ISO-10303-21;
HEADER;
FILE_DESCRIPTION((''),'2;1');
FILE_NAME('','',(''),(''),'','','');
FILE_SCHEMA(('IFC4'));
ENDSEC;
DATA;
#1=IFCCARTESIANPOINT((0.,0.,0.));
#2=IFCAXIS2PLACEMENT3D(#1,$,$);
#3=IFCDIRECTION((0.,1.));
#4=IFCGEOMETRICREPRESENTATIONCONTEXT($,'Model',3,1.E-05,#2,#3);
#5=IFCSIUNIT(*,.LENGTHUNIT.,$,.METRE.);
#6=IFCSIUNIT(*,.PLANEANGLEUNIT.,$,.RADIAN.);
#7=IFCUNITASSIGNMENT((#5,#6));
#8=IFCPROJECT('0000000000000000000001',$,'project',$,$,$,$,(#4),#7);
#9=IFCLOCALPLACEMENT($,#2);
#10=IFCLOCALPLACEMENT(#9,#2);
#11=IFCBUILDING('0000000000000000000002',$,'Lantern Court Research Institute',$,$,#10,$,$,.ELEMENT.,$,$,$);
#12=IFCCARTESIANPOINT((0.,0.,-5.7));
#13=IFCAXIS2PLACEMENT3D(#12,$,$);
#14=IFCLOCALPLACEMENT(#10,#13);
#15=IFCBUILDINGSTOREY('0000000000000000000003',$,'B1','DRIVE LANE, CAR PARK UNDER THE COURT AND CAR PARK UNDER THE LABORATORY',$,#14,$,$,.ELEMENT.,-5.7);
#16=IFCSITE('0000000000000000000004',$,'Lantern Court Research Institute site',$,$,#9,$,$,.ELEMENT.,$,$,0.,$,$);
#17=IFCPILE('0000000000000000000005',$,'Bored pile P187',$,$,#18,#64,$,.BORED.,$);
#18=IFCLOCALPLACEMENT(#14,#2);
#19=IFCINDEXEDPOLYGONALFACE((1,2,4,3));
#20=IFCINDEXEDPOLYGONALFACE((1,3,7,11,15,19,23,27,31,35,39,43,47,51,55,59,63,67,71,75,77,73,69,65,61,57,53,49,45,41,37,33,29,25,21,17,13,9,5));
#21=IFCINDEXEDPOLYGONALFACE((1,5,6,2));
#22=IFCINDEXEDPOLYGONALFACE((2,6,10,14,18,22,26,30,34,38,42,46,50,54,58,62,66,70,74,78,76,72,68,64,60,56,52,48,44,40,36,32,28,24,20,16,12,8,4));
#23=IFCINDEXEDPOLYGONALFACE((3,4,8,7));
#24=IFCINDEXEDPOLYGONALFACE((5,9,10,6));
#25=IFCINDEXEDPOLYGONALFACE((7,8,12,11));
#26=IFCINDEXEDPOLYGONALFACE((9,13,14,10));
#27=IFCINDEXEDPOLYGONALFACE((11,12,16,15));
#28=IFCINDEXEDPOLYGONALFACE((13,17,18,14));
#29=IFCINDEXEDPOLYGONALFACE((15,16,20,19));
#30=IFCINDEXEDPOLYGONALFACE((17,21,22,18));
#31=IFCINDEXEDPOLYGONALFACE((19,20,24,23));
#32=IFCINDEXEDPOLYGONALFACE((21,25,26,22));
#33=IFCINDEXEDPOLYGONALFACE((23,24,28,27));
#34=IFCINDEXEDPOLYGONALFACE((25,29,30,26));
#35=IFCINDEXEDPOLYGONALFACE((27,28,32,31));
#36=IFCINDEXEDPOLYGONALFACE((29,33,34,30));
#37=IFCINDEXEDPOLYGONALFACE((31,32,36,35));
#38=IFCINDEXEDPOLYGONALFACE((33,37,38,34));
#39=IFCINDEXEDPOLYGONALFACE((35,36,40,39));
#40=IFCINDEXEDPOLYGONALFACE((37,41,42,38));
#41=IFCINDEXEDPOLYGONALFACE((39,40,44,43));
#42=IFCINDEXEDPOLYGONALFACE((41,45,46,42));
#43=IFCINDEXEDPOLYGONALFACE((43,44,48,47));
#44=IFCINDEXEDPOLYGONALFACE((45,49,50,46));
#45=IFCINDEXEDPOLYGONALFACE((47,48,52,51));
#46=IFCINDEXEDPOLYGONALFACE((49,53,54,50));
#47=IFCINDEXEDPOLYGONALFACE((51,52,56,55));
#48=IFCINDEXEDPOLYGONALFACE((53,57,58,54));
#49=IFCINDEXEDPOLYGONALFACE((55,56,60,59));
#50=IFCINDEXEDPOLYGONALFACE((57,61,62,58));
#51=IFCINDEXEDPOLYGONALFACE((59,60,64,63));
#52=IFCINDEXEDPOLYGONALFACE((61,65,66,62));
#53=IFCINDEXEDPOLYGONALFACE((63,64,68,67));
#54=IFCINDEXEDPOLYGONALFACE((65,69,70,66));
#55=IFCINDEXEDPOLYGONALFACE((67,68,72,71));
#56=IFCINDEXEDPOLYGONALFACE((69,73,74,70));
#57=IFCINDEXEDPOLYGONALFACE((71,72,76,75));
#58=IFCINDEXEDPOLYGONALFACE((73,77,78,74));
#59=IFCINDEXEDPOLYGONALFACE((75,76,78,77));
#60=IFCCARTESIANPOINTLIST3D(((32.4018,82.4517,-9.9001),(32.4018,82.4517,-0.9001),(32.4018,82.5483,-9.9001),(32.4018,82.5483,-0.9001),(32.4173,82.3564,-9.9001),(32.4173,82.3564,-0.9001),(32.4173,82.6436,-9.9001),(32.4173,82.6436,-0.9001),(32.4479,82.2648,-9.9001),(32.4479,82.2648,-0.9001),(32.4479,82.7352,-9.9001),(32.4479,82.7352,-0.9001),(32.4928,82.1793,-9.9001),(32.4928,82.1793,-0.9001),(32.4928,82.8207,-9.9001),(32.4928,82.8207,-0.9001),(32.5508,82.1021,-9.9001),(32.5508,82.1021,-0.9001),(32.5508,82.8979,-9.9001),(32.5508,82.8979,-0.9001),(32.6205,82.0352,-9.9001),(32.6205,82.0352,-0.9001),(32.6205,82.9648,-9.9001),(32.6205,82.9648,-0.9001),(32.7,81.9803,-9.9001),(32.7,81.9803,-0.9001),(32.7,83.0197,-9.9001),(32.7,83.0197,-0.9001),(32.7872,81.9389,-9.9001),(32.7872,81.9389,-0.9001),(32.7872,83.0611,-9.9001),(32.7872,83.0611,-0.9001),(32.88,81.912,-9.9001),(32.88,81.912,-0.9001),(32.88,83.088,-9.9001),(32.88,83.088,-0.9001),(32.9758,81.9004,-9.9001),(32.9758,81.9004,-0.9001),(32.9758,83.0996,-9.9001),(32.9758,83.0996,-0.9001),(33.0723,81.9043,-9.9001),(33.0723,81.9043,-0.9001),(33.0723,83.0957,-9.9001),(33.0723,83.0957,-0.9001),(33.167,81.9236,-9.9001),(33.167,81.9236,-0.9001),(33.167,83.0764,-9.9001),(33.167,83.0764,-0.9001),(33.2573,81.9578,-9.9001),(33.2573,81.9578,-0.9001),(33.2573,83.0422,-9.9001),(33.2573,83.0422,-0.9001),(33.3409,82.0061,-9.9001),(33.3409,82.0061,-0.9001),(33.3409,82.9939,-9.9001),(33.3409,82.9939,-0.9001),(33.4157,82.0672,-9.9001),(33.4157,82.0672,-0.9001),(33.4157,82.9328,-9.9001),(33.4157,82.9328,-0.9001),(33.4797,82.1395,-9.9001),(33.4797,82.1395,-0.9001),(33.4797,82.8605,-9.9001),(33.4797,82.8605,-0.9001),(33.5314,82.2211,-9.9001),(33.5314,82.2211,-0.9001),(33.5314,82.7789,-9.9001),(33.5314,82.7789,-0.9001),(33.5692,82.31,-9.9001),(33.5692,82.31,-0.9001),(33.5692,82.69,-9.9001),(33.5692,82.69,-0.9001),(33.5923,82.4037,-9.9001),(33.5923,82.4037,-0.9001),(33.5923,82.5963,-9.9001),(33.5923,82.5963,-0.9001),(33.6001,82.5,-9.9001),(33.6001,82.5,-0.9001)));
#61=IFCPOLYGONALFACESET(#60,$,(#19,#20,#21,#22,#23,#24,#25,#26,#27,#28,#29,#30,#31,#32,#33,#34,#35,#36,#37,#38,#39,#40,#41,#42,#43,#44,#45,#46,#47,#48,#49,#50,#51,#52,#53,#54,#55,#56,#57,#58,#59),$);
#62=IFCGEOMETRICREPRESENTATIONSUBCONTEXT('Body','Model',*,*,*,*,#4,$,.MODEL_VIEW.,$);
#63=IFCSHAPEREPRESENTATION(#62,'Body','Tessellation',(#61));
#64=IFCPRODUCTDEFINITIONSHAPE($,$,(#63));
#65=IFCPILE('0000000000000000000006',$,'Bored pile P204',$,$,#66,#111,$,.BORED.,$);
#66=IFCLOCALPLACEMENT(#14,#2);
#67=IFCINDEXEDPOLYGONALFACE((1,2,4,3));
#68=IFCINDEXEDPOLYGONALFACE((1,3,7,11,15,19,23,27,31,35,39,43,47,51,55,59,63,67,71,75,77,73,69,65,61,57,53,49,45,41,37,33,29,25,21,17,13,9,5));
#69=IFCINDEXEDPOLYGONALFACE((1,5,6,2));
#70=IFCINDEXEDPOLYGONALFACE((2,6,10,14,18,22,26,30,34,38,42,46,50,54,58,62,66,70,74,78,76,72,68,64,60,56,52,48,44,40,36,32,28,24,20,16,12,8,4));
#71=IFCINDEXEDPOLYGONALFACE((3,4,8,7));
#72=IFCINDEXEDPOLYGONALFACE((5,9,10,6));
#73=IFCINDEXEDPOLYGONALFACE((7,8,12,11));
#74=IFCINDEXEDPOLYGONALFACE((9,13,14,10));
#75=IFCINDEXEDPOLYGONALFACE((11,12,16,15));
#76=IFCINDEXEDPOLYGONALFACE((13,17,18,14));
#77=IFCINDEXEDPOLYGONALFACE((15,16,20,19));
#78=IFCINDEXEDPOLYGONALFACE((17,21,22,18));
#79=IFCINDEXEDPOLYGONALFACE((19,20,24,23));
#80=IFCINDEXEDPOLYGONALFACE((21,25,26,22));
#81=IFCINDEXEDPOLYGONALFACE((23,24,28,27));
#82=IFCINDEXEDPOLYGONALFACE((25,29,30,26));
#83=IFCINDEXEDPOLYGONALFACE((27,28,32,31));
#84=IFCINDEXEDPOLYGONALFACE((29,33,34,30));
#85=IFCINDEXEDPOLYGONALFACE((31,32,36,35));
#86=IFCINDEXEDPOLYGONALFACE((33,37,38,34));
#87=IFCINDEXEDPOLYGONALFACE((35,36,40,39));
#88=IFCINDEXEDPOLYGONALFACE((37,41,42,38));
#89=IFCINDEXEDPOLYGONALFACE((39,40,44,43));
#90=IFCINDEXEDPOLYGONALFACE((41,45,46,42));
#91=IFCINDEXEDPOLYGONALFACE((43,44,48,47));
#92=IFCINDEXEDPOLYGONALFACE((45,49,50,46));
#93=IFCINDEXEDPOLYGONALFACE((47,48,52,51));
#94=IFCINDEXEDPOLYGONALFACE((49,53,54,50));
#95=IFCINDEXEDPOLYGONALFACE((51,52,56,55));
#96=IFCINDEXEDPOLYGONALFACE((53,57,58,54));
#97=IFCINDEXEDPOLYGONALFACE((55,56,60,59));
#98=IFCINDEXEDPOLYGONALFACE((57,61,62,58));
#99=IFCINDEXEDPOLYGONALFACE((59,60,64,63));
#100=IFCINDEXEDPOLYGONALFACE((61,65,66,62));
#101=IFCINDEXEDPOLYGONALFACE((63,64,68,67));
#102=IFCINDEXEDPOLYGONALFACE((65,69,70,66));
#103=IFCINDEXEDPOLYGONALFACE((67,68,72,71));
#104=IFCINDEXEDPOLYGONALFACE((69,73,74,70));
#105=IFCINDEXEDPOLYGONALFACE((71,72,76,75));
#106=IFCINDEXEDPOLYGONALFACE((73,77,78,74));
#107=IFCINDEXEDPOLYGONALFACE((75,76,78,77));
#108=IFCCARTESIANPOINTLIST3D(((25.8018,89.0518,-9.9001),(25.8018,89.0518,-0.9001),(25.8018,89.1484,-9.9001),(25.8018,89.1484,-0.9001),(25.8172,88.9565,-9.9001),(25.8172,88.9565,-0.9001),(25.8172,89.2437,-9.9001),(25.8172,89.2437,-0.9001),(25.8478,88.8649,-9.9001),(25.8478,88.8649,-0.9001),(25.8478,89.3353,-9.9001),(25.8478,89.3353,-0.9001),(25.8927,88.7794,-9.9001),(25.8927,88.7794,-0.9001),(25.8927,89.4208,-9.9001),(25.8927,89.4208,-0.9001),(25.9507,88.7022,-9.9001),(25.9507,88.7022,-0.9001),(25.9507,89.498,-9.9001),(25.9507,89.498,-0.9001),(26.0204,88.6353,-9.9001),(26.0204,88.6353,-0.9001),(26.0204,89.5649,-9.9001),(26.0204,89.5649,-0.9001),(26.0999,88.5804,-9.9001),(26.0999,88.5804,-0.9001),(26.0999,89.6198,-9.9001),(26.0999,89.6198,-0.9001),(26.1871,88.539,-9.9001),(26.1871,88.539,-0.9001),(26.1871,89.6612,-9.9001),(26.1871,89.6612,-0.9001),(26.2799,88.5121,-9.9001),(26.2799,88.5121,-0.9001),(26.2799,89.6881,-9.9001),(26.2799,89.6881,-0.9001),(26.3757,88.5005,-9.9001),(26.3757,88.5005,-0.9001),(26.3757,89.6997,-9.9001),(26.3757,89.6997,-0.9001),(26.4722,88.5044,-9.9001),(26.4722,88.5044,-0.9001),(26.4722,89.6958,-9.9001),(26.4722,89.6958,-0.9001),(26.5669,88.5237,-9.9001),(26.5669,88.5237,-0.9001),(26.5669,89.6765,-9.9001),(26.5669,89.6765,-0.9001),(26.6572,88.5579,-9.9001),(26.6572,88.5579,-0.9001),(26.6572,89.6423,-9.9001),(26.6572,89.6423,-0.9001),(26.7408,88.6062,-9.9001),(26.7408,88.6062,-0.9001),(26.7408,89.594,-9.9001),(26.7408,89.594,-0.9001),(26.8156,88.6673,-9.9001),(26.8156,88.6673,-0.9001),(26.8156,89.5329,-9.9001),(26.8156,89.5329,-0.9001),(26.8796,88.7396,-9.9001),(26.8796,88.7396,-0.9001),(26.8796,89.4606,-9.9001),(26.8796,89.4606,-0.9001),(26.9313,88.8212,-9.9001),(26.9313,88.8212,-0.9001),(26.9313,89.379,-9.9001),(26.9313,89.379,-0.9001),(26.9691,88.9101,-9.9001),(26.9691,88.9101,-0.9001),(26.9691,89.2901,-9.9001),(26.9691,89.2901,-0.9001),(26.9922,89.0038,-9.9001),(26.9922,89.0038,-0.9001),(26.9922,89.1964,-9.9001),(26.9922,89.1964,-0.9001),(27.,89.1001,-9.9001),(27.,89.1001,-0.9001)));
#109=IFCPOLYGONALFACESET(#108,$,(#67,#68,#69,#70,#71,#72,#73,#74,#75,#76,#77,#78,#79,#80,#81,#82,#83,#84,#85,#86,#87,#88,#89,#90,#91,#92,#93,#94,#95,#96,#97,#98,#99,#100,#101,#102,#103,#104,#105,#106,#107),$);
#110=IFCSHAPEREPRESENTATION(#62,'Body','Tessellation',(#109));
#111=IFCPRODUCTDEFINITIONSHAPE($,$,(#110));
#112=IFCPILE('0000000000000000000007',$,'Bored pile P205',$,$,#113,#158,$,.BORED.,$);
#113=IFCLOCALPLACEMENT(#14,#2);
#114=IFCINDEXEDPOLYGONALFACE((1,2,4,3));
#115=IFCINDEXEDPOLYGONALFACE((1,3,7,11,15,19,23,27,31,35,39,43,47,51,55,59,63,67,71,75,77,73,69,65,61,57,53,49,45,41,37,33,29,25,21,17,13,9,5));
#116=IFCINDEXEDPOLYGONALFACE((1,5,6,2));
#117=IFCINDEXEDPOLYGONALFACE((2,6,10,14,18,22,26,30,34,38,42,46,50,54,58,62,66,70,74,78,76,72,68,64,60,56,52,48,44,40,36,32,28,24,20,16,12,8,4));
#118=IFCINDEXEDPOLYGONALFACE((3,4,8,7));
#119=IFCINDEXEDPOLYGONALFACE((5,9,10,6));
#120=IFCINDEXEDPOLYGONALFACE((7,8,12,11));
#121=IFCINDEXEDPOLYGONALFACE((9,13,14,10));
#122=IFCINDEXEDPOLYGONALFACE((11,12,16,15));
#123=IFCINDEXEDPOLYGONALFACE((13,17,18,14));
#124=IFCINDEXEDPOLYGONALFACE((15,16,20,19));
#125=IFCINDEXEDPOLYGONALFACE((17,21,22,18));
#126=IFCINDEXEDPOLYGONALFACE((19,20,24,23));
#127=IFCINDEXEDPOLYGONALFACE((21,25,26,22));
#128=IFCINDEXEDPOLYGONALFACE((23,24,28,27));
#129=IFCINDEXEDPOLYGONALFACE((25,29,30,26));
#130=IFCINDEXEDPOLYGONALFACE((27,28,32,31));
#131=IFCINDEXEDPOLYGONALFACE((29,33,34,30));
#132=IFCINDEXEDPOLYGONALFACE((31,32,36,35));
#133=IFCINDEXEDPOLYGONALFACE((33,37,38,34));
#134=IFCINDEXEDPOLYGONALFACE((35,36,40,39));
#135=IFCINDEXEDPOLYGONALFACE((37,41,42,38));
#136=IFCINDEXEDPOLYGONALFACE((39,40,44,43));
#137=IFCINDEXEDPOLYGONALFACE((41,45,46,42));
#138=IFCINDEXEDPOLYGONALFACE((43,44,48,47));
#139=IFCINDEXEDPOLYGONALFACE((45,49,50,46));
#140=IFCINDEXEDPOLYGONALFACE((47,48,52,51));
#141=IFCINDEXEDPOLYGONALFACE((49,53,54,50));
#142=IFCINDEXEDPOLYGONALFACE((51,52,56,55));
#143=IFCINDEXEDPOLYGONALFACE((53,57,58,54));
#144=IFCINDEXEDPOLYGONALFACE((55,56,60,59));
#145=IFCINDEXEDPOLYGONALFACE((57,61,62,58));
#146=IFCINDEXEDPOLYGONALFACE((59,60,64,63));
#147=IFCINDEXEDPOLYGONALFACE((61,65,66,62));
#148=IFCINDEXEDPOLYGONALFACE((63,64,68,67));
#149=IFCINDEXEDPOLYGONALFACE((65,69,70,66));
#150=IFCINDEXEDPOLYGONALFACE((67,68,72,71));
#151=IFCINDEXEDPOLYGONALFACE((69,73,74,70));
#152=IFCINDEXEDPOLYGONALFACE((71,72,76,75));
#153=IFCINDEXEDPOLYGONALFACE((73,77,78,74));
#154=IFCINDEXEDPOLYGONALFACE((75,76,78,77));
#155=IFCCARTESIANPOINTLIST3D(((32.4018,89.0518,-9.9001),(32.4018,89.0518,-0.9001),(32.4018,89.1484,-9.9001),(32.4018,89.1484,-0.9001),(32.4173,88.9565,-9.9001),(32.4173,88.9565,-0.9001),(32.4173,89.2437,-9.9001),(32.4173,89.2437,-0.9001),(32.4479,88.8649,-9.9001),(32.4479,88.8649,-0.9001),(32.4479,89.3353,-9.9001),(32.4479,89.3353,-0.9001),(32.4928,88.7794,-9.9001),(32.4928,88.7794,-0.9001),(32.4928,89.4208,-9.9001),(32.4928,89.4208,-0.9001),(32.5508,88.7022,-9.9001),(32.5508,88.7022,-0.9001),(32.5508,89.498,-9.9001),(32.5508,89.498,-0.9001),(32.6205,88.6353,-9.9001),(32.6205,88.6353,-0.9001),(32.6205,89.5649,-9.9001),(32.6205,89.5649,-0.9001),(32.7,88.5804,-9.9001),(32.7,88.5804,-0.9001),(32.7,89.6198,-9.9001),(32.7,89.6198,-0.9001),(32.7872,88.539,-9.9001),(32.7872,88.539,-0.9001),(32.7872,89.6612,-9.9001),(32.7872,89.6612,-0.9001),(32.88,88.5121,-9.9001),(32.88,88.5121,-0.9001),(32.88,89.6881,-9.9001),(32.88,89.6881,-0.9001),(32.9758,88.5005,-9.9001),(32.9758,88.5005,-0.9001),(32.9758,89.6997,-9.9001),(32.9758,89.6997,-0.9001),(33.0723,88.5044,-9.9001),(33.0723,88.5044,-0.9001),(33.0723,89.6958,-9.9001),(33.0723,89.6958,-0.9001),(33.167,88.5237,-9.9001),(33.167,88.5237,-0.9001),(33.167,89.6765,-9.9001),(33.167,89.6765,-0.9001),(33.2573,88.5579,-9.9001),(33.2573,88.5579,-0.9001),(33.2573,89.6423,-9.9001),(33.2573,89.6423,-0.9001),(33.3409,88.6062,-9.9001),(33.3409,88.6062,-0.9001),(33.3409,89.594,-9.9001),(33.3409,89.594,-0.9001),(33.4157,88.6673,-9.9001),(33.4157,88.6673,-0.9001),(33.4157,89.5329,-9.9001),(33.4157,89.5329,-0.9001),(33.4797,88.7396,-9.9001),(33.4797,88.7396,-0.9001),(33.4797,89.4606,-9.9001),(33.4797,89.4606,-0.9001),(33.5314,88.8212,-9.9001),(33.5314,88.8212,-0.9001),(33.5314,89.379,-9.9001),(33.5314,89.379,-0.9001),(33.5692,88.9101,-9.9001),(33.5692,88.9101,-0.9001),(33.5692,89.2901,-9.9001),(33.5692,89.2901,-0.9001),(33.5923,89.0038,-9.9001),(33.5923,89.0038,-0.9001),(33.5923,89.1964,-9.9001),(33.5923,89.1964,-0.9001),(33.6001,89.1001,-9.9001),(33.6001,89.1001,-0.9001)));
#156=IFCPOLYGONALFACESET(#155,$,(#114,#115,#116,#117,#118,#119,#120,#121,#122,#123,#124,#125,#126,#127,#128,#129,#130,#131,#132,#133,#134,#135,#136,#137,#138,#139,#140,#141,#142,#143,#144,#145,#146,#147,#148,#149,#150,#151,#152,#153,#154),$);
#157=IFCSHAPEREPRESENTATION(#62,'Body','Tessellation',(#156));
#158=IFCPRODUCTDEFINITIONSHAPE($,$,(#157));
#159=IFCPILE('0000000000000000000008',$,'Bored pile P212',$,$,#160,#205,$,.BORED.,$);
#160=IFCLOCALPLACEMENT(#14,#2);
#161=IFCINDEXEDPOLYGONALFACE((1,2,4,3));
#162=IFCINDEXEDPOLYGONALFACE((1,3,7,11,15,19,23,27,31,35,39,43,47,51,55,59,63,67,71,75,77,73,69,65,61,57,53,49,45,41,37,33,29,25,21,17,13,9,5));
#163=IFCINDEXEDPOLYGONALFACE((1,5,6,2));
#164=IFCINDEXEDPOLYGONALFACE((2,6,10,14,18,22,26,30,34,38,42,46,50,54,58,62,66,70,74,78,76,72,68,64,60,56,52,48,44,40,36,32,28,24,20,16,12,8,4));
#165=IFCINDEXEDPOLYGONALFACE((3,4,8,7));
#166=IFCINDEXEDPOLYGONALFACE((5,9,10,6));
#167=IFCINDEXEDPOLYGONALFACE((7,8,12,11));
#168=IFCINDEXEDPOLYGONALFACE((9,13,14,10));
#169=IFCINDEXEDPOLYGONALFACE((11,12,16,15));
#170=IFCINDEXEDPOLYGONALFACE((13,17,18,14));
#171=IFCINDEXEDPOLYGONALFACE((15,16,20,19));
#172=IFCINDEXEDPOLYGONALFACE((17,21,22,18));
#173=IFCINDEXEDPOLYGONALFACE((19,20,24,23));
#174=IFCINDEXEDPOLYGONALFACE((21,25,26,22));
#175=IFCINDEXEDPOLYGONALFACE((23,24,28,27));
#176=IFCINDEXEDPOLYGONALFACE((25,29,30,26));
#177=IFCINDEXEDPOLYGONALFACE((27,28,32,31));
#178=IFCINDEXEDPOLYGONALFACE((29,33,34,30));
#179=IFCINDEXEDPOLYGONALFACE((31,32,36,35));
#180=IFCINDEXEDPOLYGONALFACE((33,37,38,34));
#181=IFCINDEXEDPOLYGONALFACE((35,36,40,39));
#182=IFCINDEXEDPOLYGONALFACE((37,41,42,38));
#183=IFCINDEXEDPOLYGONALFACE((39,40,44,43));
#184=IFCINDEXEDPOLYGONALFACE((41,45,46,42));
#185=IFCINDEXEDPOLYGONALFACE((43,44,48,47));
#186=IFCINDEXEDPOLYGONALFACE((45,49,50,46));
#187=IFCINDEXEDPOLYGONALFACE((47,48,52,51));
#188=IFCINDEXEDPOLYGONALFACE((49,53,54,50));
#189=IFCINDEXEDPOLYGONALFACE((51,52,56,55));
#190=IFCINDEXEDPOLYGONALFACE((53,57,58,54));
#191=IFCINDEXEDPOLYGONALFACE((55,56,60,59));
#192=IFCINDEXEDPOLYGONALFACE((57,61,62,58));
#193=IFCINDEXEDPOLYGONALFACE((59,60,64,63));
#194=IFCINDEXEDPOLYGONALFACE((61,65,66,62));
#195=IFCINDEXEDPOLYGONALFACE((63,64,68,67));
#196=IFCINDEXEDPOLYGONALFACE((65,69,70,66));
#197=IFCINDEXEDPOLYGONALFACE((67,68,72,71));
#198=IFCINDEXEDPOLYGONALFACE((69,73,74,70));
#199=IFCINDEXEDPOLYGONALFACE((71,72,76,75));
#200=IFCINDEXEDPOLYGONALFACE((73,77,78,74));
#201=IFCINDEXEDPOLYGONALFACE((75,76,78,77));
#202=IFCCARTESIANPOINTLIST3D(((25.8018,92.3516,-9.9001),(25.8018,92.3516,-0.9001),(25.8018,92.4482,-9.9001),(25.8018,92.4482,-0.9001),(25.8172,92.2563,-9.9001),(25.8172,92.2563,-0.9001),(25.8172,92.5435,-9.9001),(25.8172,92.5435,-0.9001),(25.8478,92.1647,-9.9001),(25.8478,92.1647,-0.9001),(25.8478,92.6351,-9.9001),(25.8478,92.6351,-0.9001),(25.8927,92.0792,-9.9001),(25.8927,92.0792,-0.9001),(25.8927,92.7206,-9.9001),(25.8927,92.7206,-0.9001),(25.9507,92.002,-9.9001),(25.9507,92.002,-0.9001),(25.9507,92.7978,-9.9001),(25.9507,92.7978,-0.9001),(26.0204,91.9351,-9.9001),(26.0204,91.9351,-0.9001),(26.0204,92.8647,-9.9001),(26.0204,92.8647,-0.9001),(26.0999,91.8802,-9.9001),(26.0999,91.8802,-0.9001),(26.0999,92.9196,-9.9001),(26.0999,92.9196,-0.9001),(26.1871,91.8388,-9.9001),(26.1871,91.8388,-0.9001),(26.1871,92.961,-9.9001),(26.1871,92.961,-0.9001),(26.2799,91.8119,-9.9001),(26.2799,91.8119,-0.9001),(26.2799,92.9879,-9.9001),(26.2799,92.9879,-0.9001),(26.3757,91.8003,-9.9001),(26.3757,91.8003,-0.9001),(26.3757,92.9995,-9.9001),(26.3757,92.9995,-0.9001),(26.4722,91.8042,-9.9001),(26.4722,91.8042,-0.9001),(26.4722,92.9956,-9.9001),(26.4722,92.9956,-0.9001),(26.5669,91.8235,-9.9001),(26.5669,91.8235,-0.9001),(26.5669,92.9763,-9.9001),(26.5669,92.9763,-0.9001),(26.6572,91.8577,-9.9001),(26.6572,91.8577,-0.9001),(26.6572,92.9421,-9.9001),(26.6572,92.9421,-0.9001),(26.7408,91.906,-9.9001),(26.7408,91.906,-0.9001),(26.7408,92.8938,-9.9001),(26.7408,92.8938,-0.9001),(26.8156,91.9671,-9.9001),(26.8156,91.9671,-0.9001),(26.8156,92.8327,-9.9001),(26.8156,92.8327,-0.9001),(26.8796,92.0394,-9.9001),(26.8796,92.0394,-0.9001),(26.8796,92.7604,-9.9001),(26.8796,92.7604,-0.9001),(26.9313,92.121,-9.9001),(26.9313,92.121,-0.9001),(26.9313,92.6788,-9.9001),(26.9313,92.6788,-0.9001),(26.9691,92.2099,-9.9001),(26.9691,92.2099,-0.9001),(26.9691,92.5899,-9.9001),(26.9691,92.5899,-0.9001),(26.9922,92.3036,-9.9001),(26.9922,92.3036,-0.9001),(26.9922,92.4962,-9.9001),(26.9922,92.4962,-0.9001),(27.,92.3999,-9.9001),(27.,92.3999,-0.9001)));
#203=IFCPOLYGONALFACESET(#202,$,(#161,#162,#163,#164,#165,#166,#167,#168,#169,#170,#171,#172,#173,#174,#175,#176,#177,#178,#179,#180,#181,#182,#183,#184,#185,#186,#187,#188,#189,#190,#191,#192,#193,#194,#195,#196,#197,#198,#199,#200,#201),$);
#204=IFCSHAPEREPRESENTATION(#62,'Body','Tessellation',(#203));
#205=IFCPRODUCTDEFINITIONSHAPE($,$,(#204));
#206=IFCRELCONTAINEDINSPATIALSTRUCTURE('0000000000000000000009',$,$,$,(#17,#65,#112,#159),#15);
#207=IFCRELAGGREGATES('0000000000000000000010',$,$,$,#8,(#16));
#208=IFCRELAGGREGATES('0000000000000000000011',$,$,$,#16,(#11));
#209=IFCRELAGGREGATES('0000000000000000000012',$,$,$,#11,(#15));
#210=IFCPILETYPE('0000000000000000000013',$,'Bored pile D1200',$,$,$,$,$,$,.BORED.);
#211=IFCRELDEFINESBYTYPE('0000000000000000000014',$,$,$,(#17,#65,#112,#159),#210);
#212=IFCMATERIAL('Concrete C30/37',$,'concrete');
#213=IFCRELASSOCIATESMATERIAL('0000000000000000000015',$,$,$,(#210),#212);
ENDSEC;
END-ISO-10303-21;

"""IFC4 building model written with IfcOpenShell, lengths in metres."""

from ifc_helpers import new_model, si_unit, direction, frame, origin, origin_2d, place, context, subcontext, project, spatial, circle, extrude, material, material_profile, profile_set, type_object, element, save


model = new_model("IFC4")

# Units and contexts
model_context = context("Model", 3, precision=1e-05, world=origin(), true_north=direction((0.0, 1.0)))
body_context = subcontext(model_context, "Body", "Model", "MODEL_VIEW")
ifc_project = project(units=[si_unit("LENGTHUNIT", "METRE"), si_unit("PLANEANGLEUNIT", "RADIAN")], contexts=[model_context])

# Site, building, storey
site_placement = place(None, origin())
site = spatial("IfcSite", under=ifc_project, at=site_placement, Name="Lantern Court Research Institute site", CompositionType="ELEMENT", RefElevation=0.0)
building_placement = place(site_placement, origin())
building = spatial("IfcBuilding", under=site, at=building_placement, Name="Lantern Court Research Institute", CompositionType="ELEMENT")
storey_placement = place(building_placement, frame((0.0, 0.0, -5.7)))
storey = spatial("IfcBuildingStorey", under=building, at=storey_placement, Name="B1", Description="DRIVE LANE, CAR PARK UNDER THE COURT AND CAR PARK UNDER THE LABORATORY", CompositionType="ELEMENT", Elevation=-5.7)

# Piles
ifc_material_1 = material(Name="Concrete C30/37", Category="concrete")
ifc_material_profile_1 = material_profile(ifc_material_1, circle(Radius=0.6001, at=origin_2d()), Name="Bored pile D1200")
ifc_profile_set_1 = profile_set([ifc_material_profile_1], Name="Concrete C30/37")
pile_type_1 = type_object("IfcPileType", Name="Bored pile D1200", PredefinedType="BORED", material=ifc_profile_set_1)
for number, where, z_axis, x_axis, name in (
    (1, (33.0, 82.5, -0.9001), (0.0, 0.0, -1.0), (1.0, 0.0, 0.0), "Bored pile P187"),
    (2, (26.3999, 89.1001, -0.9001), (0.0, 0.0, -1.0), (1.0, 0.0, 0.0), "Bored pile P204"),
    (3, (33.0, 89.1001, -0.9001), (0.0, 0.0, -1.0), (1.0, 0.0, 0.0), "Bored pile P205"),
    (4, (26.3999, 92.3999, -0.9001), (0.0, 0.0, -1.0), (1.0, 0.0, 0.0), "Bored pile P212"),
):
    element("IfcPile", number, at=place(storey_placement, frame(where, z_axis=z_axis, x_axis=x_axis)), inside=storey, type_object=pile_type_1, Name=name, PredefinedType="BORED", context=body_context, shape_type="SweptSolid", body=[
        extrude(circle(Radius=0.6001, at=origin_2d()), origin(), (0.0, 0.0, 1.0), 9.0),
    ])

save(model, "model.ifc")
